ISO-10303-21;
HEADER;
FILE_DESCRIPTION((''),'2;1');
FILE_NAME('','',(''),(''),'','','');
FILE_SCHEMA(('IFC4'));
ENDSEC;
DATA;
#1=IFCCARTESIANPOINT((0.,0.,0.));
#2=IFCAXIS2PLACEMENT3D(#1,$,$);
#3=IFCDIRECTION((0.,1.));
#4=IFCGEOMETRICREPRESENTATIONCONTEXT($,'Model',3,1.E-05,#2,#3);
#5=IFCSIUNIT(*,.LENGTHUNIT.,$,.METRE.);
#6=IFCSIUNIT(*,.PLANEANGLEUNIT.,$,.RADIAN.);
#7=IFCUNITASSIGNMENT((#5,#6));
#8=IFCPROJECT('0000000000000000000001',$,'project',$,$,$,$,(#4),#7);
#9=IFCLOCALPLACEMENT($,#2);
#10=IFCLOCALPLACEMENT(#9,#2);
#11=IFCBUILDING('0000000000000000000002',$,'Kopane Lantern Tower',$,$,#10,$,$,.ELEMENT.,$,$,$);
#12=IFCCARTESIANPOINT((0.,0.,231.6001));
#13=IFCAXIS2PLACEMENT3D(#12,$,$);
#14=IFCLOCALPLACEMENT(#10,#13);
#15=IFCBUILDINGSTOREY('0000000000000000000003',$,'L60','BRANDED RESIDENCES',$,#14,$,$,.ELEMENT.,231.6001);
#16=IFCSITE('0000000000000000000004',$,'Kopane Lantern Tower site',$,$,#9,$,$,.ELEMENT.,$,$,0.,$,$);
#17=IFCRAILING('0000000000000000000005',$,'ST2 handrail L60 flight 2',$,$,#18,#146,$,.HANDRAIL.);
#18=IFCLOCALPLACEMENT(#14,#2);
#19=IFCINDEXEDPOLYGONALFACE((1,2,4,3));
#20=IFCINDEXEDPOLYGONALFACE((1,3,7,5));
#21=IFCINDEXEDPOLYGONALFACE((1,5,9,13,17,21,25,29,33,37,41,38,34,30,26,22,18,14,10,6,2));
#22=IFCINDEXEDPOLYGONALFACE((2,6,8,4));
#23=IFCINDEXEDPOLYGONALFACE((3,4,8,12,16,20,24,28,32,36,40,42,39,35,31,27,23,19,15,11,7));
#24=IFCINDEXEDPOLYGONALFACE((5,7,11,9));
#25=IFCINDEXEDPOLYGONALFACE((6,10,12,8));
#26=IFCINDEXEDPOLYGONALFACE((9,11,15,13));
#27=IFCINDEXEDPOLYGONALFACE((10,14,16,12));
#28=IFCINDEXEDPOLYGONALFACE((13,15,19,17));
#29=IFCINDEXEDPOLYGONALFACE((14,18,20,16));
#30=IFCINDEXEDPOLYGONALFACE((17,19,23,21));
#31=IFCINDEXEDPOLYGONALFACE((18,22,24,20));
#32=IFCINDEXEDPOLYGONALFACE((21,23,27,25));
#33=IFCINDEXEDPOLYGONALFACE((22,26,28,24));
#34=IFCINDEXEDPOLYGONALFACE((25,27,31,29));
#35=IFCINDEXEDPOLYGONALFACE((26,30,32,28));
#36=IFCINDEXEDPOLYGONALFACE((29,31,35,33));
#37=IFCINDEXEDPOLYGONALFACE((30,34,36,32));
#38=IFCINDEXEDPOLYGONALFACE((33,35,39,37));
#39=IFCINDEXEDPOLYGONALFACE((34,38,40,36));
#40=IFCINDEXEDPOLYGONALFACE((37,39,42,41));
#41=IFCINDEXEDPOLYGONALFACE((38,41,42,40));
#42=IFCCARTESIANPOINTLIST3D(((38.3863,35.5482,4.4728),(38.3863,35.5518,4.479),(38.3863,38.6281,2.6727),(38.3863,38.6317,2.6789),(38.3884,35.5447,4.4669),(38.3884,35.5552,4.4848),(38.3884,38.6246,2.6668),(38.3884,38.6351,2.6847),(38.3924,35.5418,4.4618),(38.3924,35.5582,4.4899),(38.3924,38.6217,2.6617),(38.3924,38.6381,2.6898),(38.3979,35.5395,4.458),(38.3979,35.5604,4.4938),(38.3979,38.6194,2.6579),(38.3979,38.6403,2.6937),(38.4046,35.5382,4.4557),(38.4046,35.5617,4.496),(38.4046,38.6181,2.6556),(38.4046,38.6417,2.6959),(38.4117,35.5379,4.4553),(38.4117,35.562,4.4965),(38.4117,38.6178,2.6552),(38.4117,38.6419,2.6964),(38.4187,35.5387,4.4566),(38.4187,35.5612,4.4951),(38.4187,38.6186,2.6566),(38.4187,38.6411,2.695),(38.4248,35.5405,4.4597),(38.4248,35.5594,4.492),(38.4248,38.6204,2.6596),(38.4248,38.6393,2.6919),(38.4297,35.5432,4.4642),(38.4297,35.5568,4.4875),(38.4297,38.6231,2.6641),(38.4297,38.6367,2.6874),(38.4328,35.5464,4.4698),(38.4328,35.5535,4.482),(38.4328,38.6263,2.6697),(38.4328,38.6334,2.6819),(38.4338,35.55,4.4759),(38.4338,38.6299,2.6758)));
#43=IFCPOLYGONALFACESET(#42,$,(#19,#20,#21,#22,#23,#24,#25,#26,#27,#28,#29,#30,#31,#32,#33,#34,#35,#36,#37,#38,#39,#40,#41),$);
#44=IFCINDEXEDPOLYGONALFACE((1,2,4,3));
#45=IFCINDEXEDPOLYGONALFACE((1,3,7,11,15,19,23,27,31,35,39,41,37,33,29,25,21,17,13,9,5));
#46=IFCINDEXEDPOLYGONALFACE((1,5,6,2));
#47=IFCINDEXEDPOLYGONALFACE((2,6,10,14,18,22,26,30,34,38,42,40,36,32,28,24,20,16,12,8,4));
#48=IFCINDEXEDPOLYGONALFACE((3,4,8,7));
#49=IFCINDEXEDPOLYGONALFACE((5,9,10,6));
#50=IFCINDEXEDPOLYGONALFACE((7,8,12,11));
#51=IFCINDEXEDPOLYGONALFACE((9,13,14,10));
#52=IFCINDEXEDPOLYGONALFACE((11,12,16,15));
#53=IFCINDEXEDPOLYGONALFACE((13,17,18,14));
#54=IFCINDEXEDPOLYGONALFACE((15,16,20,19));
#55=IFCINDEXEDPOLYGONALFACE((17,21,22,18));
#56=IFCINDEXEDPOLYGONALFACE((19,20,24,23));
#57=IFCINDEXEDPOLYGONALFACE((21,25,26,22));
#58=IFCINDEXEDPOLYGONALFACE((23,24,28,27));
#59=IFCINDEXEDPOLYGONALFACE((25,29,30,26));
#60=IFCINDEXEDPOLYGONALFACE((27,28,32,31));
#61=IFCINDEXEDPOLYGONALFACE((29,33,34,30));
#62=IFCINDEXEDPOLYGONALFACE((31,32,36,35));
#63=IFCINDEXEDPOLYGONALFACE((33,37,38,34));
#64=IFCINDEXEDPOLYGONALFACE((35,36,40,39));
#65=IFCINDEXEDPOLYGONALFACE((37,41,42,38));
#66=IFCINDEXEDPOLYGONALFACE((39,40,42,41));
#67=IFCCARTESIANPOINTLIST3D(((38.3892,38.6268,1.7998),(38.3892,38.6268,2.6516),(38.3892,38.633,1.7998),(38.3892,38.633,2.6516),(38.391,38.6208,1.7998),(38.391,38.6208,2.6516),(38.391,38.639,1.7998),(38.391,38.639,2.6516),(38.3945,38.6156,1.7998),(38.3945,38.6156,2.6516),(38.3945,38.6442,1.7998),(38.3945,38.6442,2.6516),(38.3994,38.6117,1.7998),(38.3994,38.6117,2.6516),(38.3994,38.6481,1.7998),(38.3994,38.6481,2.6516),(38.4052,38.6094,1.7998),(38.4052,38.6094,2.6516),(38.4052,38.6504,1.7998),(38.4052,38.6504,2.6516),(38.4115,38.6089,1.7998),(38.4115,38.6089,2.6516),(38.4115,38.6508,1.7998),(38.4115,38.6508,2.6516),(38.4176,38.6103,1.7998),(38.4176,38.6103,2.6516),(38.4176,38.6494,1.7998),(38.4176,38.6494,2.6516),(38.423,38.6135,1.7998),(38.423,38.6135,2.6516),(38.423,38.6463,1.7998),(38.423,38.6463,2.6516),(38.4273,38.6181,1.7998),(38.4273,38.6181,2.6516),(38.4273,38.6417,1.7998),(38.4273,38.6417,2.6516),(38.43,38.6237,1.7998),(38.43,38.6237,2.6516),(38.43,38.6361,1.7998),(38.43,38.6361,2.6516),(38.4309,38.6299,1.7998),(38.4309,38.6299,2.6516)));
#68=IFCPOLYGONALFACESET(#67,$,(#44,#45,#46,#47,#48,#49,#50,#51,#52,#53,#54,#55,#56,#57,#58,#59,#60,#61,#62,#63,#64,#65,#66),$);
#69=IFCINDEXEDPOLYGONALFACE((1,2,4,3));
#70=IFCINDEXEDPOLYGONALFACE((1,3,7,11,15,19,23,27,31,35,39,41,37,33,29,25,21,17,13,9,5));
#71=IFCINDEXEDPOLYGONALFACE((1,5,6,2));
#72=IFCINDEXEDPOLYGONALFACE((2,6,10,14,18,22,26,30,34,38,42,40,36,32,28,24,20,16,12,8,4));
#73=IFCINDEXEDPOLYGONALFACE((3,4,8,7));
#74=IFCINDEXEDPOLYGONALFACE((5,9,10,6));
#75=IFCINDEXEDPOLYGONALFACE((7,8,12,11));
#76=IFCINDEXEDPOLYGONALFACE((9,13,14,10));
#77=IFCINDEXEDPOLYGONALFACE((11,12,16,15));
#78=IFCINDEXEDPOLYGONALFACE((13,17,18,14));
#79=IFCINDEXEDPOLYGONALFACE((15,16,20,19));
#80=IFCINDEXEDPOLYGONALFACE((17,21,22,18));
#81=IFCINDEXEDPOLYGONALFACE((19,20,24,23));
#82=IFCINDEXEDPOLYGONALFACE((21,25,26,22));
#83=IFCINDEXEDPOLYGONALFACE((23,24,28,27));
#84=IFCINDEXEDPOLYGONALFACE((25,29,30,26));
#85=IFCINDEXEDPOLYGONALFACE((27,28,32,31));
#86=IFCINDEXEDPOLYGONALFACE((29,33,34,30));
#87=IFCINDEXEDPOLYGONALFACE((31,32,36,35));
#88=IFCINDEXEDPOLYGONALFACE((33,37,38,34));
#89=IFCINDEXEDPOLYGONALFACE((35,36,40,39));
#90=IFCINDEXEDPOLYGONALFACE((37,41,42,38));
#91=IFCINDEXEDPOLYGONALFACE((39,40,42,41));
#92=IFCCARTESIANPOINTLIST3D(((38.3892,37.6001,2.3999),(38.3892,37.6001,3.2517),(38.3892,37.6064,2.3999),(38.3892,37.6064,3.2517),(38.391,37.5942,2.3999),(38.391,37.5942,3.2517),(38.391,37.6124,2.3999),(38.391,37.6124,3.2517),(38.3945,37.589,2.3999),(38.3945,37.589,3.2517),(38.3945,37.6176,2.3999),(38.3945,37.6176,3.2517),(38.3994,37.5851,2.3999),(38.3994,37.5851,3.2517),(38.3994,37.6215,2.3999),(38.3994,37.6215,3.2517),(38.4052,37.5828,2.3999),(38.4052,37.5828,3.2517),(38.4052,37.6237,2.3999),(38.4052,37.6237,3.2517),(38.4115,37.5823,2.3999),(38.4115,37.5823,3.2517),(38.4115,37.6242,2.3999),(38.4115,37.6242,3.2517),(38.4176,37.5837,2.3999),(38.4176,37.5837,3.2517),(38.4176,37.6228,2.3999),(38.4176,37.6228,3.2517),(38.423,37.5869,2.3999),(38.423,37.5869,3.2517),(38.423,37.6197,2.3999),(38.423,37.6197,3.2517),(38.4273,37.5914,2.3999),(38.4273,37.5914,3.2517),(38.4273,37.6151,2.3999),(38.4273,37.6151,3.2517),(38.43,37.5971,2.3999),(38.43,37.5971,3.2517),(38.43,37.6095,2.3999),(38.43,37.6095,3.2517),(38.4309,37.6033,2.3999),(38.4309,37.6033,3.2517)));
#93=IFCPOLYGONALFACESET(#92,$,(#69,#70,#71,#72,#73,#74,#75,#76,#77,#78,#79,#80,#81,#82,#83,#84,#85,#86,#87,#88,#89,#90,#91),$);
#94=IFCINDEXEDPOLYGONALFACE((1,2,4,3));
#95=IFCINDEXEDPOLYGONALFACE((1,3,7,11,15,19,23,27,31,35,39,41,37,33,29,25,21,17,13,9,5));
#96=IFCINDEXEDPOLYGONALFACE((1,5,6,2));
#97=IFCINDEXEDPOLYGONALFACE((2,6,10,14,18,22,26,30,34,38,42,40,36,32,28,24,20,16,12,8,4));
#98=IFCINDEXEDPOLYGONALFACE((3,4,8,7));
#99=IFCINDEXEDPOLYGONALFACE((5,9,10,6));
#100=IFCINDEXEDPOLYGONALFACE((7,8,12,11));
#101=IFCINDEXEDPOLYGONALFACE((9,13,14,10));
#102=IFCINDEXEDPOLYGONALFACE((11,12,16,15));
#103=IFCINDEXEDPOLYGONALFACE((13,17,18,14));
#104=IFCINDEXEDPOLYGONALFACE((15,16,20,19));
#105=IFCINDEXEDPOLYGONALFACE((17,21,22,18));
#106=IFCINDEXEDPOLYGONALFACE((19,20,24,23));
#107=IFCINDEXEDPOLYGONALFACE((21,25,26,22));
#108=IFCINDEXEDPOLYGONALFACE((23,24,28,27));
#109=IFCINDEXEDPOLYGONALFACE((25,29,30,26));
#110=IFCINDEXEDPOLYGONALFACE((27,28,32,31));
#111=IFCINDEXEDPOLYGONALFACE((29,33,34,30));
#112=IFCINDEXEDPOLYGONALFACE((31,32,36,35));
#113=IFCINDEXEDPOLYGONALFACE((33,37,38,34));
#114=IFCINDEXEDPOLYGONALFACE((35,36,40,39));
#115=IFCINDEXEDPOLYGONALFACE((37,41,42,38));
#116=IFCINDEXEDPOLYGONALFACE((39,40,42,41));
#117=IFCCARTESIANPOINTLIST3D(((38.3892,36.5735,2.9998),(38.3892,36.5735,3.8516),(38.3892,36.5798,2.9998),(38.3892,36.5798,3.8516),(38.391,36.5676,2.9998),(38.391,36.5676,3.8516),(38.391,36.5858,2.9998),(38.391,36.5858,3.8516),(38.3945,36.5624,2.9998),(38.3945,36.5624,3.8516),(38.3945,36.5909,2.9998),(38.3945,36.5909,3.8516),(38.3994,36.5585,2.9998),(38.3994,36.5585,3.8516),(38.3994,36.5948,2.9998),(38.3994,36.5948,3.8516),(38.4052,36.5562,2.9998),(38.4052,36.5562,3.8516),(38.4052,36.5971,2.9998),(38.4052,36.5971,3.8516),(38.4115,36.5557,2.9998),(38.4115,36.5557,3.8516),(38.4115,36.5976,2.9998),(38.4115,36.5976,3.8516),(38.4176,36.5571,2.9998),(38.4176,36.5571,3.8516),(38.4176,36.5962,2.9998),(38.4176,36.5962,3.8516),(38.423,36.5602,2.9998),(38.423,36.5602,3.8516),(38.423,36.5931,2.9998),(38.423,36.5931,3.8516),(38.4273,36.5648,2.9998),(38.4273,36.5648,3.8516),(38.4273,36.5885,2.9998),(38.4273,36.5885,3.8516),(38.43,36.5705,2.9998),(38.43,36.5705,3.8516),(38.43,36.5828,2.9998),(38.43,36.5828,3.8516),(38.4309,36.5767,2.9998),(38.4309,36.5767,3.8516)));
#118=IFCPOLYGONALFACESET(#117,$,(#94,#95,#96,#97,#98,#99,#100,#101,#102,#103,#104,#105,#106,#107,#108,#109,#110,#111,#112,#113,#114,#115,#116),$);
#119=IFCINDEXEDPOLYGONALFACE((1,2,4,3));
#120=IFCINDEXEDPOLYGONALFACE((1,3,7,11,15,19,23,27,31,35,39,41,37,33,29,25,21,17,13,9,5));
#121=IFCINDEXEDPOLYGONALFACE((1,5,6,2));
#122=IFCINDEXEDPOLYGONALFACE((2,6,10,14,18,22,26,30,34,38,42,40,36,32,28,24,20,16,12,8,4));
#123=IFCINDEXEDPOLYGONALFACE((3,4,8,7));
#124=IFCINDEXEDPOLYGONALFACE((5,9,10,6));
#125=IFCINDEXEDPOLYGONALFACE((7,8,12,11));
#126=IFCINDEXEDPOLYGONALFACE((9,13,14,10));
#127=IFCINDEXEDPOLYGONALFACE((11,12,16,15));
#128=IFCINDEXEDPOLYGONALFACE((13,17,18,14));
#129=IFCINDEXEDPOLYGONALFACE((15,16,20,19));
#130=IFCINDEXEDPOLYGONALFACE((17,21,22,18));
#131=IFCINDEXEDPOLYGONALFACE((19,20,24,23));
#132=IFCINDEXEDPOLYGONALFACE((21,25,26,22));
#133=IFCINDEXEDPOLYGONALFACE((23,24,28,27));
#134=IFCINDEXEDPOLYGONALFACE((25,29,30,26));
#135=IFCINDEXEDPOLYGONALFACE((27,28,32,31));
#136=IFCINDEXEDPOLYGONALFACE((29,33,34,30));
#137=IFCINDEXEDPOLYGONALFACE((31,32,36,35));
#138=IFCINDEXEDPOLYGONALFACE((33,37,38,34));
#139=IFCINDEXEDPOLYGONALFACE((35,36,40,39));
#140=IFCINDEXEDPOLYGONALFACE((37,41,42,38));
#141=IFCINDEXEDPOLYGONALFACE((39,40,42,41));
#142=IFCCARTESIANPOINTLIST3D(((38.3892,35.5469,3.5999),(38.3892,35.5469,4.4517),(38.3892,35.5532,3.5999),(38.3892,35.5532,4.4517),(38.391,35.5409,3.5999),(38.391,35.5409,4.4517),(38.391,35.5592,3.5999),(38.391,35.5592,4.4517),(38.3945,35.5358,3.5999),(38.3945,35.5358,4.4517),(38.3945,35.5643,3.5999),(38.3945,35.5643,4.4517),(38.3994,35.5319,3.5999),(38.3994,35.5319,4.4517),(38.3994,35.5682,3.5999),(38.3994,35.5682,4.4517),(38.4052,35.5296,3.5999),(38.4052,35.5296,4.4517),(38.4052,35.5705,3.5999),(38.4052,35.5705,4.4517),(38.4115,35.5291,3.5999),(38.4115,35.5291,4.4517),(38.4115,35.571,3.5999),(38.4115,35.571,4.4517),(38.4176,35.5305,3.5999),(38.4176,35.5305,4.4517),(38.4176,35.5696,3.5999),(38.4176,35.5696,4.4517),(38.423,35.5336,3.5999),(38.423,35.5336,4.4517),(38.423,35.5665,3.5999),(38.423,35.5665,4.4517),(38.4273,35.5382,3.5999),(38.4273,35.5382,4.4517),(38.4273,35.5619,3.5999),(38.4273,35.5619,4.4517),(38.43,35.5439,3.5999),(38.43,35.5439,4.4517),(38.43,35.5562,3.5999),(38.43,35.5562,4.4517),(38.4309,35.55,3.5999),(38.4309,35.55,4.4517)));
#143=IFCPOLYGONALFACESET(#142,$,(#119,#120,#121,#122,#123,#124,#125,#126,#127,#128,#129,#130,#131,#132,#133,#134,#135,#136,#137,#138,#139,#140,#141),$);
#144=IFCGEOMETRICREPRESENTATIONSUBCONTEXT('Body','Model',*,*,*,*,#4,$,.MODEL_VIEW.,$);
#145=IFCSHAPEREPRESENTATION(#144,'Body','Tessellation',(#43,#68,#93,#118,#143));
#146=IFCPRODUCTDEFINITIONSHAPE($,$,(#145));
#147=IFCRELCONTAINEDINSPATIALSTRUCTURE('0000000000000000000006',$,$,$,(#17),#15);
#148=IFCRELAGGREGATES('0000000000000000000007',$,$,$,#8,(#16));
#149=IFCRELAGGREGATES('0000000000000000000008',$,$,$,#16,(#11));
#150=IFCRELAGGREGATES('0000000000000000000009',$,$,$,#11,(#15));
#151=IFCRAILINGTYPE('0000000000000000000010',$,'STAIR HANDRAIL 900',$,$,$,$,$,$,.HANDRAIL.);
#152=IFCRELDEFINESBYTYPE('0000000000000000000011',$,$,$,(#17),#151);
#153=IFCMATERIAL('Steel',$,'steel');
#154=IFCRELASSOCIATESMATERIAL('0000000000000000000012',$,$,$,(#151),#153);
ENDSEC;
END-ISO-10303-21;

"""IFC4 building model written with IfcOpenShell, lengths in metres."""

from ifc_helpers import new_model, si_unit, direction, frame, origin, origin_2d, place, context, subcontext, project, spatial, circle, extrude, material, type_object, element, save


model = new_model("IFC4")

# Units and contexts
model_context = context("Model", 3, precision=1e-05, world=origin(), true_north=direction((0.0, 1.0)))
body_context = subcontext(model_context, "Body", "Model", "MODEL_VIEW")
ifc_project = project(units=[si_unit("LENGTHUNIT", "METRE"), si_unit("PLANEANGLEUNIT", "RADIAN")], contexts=[model_context])

# Site, building, storey
site_placement = place(None, origin())
site = spatial("IfcSite", under=ifc_project, at=site_placement, Name="Kopane Lantern Tower site", CompositionType="ELEMENT", RefElevation=0.0)
building_placement = place(site_placement, origin())
building = spatial("IfcBuilding", under=site, at=building_placement, Name="Kopane Lantern Tower", CompositionType="ELEMENT")
storey_placement = place(building_placement, frame((0.0, 0.0, 231.6001)))
storey = spatial("IfcBuildingStorey", under=building, at=storey_placement, Name="L60", Description="BRANDED RESIDENCES", CompositionType="ELEMENT", Elevation=231.6001)

# Railing
ifc_material_1 = material(Name="Steel", Category="steel")
railing_type_1 = type_object("IfcRailingType", Name="STAIR HANDRAIL 900", PredefinedType="HANDRAIL", material=ifc_material_1)
for number, where, name in (
    (1, (38.4099, 38.6299, 1.7998), "ST2 handrail L60 flight 2"),
):
    element("IfcRailing", number, at=place(storey_placement, frame(where)), inside=storey, type_object=railing_type_1, Name=name, PredefinedType="HANDRAIL", context=body_context, shape_type="SweptSolid", body=[
        extrude(circle(Radius=0.0239, at=origin_2d()), frame((0.0, 0.0, 0.876), z_axis=(0.0, -0.863354, 0.504598), x_axis=(1.0, 0.0, 0.0)), (0.0, 0.0, 1.0), 3.5674),
        extrude(circle(Radius=0.021, at=origin_2d()), origin(), (0.0, 0.0, 1.0), 0.8518),
        extrude(circle(Radius=0.021, at=origin_2d()), frame((0.0, -1.0266, 0.6001)), (0.0, 0.0, 1.0), 0.8518),
        extrude(circle(Radius=0.021, at=origin_2d()), frame((0.0, -2.0532, 1.2)), (0.0, 0.0, 1.0), 0.8518),
        extrude(circle(Radius=0.021, at=origin_2d()), frame((0.0, -3.0798, 1.8)), (0.0, 0.0, 1.0), 0.8518),
    ])

save(model, "model.ifc")
